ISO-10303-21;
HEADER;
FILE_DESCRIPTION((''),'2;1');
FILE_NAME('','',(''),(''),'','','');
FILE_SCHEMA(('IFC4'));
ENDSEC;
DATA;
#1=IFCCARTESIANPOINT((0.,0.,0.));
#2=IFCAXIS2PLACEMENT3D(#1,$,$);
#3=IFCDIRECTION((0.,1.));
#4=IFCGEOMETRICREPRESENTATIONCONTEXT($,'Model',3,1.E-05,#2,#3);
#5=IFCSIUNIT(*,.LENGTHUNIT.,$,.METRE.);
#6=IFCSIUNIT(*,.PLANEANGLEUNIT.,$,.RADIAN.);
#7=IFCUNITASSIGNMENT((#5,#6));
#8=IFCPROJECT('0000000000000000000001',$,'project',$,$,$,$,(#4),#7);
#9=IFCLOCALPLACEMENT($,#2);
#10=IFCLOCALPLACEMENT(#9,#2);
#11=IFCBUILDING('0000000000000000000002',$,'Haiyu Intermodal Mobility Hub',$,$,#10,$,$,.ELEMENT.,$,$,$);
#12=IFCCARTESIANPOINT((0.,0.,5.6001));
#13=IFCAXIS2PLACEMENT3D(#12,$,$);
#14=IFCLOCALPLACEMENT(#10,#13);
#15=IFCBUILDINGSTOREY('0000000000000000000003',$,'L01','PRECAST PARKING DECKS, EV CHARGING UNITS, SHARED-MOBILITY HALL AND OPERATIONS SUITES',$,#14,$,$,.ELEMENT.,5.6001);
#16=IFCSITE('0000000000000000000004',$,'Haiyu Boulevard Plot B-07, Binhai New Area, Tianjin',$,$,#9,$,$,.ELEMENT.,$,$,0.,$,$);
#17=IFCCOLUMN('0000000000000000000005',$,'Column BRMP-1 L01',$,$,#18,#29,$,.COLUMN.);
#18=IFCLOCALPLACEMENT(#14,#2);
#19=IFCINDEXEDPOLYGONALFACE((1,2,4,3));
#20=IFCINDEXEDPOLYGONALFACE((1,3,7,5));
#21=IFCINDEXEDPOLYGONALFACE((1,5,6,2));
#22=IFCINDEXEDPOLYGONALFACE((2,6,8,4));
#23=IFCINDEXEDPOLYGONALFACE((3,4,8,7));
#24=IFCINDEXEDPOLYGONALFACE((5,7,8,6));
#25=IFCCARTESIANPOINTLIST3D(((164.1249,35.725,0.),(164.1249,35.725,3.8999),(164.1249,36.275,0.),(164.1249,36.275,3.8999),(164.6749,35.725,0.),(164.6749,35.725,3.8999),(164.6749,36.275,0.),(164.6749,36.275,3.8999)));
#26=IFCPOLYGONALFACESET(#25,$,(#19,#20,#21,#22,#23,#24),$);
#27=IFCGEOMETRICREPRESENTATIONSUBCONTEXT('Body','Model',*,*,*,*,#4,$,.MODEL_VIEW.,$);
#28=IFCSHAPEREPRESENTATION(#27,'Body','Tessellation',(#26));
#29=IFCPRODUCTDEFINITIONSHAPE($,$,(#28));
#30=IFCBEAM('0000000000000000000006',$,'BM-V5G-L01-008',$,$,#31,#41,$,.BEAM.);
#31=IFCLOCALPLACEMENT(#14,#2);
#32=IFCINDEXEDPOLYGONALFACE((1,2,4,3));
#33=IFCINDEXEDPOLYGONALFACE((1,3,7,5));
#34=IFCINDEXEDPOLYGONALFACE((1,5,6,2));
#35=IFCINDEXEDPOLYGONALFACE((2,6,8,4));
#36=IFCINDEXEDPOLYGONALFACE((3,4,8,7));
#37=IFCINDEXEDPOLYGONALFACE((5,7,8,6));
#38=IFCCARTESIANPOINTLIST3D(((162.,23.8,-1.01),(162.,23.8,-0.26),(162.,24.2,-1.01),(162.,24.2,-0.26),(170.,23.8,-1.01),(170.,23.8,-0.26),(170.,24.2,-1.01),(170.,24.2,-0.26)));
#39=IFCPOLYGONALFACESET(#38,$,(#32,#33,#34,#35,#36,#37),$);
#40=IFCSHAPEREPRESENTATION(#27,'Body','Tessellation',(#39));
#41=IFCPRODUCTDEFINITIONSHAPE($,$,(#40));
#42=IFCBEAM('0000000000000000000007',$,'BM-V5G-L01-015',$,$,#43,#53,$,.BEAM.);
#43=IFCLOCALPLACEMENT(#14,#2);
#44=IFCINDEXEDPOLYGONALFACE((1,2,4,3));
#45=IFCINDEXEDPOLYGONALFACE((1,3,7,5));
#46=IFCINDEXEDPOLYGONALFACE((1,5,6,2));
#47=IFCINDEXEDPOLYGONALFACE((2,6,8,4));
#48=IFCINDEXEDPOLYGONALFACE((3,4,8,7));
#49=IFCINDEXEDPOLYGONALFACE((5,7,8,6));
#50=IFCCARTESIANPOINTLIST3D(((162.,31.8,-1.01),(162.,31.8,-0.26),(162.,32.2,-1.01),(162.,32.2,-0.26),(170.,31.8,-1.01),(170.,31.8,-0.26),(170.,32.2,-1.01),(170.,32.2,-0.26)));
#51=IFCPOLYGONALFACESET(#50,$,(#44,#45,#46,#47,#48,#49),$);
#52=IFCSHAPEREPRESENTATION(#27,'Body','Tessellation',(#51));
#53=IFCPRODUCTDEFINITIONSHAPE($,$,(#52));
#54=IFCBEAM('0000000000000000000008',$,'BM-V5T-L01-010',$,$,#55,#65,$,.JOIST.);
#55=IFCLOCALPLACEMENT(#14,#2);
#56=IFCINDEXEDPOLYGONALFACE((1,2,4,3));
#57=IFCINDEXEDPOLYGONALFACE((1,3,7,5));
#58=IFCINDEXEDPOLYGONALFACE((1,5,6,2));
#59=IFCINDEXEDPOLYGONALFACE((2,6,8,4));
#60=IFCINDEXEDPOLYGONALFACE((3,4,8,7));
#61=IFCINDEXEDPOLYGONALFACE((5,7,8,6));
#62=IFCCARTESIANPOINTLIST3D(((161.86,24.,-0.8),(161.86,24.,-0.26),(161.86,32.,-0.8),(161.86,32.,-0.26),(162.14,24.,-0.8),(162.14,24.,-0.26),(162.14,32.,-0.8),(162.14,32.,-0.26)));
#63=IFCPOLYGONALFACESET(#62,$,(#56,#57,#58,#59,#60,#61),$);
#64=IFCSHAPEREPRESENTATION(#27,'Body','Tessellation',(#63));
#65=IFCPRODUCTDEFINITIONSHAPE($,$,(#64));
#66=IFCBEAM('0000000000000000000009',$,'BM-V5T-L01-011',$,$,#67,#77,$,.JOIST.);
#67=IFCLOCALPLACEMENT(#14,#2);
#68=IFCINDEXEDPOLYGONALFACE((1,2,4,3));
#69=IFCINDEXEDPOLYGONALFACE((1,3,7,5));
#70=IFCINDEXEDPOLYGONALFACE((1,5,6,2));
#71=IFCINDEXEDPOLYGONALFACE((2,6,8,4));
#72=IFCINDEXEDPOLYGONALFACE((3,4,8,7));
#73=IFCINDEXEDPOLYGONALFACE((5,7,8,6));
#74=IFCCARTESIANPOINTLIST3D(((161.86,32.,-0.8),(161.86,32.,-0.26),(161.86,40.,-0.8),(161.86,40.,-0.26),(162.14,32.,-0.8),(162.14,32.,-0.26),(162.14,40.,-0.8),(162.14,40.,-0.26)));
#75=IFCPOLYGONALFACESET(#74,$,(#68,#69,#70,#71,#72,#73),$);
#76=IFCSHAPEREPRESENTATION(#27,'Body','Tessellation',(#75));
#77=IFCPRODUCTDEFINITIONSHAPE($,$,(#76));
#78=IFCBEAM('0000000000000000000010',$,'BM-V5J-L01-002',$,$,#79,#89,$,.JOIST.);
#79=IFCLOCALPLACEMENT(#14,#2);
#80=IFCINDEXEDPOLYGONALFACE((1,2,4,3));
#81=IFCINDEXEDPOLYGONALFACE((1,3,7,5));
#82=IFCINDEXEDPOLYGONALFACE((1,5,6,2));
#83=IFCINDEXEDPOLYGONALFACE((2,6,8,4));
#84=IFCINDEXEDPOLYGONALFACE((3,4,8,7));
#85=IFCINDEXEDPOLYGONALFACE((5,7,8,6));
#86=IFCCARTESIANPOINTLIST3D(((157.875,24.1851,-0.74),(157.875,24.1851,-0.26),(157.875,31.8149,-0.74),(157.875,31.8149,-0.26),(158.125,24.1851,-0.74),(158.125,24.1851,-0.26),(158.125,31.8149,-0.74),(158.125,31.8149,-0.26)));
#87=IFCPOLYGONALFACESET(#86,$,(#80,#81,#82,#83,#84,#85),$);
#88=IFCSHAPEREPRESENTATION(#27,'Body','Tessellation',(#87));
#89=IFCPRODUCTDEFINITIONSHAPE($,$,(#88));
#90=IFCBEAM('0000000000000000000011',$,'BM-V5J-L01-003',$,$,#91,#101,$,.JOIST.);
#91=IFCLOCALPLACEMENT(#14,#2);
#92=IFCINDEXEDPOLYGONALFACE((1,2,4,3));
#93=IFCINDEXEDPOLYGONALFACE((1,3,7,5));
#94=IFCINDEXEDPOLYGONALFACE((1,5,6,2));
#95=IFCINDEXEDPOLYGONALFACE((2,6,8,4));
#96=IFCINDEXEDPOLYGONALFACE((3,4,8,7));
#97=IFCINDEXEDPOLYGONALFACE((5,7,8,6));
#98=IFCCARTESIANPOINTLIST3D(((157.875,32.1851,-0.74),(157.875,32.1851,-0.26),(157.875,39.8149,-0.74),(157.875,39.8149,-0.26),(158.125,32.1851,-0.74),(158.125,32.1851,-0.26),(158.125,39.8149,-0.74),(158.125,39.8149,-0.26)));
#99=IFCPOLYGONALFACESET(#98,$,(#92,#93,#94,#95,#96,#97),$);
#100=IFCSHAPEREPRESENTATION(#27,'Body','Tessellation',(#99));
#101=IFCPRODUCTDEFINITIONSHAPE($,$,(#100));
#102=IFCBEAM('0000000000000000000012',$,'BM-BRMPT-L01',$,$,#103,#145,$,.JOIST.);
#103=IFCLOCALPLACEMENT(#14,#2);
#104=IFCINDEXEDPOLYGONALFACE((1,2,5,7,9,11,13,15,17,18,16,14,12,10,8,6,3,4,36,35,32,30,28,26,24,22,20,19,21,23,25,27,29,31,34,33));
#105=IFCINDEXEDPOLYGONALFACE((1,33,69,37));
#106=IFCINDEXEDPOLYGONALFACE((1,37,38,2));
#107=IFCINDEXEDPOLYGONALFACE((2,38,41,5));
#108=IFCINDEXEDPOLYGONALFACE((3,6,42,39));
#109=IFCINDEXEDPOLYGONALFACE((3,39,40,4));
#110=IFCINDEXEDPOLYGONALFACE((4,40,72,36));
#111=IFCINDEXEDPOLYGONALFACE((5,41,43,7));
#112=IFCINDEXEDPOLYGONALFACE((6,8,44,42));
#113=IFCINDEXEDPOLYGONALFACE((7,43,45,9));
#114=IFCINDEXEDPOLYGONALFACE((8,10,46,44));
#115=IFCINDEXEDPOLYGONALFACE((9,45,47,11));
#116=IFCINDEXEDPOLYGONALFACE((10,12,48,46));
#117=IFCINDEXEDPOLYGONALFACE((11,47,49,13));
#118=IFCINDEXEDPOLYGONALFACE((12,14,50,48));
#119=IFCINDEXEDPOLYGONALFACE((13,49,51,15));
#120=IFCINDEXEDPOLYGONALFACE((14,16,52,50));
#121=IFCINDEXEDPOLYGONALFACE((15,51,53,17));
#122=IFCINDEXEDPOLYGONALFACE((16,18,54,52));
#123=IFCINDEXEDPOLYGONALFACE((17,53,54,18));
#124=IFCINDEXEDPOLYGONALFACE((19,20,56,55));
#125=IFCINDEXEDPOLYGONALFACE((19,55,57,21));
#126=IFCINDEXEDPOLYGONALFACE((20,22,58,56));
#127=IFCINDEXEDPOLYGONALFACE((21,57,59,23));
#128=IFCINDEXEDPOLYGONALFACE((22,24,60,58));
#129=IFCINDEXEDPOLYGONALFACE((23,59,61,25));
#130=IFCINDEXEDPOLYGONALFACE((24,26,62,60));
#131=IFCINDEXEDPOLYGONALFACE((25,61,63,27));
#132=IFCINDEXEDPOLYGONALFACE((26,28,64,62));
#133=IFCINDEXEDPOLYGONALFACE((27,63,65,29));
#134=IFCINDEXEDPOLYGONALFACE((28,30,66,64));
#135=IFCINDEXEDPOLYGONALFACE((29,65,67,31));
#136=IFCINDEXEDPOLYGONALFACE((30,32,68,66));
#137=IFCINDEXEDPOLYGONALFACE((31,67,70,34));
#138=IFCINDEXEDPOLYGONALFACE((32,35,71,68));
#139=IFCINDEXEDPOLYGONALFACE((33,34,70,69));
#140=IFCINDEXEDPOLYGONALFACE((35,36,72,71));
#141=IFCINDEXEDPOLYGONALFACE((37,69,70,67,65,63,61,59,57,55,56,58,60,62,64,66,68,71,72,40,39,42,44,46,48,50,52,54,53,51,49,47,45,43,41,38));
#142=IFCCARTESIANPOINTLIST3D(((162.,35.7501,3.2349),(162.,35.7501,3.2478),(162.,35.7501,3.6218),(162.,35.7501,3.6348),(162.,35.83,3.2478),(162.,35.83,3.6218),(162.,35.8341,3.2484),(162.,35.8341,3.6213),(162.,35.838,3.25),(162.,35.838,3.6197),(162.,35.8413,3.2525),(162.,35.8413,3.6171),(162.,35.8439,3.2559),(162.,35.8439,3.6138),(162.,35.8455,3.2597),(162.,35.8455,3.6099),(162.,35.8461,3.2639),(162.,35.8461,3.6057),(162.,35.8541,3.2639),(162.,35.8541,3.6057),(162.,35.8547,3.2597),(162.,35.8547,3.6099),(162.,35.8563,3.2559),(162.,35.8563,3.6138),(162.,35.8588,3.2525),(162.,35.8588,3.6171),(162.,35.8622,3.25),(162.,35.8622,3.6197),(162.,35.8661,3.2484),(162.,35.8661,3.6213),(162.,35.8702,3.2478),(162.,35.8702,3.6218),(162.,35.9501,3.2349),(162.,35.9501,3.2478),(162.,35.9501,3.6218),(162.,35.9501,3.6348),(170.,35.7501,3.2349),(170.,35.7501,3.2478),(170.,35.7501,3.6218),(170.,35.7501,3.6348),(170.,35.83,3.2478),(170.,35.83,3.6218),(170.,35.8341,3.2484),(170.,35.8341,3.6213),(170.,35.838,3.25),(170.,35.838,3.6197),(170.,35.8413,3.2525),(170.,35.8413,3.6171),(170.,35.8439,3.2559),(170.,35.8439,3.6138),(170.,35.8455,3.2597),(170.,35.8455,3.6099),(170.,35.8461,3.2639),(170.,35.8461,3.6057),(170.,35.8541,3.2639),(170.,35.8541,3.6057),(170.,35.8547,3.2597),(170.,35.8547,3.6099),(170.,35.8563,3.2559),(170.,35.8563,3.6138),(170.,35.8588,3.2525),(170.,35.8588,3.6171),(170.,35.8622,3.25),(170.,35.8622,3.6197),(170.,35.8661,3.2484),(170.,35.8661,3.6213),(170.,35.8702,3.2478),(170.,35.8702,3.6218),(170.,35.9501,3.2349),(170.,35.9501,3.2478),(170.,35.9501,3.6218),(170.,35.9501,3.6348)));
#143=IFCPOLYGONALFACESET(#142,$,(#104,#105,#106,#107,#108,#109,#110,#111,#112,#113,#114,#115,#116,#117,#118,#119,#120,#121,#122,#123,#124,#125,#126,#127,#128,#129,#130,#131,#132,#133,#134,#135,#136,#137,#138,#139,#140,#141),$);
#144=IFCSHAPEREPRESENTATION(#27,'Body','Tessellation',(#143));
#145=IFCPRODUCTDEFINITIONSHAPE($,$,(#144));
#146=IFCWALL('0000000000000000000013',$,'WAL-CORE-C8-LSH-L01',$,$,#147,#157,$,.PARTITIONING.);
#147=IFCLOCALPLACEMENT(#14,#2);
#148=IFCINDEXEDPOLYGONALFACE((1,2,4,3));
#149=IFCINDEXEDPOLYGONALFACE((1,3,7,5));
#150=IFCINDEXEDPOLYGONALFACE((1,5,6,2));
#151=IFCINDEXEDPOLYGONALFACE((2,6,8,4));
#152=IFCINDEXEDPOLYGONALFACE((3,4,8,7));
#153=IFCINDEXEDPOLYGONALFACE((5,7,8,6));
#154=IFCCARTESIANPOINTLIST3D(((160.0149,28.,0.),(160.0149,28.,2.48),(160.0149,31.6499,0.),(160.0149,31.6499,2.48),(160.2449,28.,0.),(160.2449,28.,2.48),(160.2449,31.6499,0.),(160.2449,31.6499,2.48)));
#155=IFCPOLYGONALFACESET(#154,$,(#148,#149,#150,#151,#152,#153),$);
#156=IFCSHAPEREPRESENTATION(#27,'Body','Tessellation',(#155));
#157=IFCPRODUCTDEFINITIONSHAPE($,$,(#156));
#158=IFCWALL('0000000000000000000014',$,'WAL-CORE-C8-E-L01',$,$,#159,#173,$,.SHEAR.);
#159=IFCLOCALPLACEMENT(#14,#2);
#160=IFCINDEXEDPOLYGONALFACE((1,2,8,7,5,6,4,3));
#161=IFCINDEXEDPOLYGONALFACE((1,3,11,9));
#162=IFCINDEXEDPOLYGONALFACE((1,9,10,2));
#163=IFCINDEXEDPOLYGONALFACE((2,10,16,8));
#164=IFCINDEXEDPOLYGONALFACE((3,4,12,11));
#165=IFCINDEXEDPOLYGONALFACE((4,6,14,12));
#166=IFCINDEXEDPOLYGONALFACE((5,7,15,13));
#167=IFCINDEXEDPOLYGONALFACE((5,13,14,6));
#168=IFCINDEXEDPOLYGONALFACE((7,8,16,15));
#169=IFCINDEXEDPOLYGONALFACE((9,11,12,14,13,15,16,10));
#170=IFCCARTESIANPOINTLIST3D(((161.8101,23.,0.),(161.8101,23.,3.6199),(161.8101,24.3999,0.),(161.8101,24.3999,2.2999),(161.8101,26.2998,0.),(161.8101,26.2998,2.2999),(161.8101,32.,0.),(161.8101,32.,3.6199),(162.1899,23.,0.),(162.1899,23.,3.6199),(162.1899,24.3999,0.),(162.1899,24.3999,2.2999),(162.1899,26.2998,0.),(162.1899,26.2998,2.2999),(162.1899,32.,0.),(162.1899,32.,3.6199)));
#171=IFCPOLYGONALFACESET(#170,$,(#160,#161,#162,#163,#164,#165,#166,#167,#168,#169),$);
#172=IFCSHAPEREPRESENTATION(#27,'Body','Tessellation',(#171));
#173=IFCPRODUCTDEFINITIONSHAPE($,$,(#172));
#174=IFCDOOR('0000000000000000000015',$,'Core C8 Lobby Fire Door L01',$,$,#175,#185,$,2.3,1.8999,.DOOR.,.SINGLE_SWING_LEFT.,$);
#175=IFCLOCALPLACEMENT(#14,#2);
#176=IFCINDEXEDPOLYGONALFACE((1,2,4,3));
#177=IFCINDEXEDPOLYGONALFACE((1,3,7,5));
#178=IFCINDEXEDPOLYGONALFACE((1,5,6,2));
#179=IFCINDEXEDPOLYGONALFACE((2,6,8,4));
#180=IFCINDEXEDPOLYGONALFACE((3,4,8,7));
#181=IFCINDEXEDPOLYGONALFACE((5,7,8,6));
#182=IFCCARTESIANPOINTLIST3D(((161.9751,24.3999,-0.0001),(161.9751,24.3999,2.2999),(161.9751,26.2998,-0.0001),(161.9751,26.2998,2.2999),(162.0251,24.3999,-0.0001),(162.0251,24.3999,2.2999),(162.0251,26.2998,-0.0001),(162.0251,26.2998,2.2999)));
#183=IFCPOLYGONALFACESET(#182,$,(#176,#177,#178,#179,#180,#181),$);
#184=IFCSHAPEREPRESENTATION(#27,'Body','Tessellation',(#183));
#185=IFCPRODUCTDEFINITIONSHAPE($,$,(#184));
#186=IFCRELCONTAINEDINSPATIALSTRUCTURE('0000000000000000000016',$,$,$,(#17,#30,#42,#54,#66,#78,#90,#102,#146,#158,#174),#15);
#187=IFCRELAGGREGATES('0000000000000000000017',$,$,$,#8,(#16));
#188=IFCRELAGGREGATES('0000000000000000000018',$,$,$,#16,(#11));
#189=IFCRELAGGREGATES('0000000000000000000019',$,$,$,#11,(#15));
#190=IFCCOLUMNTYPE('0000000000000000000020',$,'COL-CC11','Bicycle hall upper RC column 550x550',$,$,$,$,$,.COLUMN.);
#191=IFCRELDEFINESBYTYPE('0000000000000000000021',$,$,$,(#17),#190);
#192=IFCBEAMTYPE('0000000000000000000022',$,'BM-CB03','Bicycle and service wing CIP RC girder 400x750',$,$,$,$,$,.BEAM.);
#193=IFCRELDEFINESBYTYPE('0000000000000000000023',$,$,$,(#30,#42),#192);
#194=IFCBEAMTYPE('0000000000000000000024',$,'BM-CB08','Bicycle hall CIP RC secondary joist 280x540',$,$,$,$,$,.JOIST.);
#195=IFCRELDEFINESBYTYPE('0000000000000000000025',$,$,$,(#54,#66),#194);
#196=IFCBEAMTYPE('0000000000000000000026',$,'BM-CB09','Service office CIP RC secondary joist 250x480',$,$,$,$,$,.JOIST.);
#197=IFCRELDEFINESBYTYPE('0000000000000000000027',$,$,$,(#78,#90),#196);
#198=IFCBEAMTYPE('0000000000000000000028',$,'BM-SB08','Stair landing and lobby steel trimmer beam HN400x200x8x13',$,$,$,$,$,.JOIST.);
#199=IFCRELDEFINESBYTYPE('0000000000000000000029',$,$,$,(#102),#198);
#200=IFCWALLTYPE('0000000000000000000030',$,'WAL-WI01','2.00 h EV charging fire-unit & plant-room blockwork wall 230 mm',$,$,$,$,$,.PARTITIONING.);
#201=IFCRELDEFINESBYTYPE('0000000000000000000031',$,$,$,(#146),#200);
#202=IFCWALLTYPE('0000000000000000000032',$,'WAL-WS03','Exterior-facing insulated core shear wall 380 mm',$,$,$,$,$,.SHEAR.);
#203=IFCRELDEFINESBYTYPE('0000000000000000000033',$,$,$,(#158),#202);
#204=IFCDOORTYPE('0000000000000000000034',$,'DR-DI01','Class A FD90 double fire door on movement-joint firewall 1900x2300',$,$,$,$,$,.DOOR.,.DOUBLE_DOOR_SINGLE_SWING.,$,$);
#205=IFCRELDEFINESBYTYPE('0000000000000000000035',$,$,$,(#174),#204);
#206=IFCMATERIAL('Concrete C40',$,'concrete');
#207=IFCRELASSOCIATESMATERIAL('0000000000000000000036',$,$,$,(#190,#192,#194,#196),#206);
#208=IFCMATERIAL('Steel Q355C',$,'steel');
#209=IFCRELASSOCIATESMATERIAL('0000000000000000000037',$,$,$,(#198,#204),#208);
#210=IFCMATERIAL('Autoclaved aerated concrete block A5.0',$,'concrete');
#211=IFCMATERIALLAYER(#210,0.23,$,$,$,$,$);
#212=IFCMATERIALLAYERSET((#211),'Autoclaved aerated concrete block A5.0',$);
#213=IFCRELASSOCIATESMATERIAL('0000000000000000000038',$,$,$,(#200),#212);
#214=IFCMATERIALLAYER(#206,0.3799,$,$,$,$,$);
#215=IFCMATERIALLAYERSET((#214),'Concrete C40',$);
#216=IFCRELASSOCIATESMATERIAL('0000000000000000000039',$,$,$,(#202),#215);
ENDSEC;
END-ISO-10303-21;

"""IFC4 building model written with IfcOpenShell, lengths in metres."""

from ifc_helpers import new_model, si_unit, direction, frame, frame_2d, origin, origin_2d, place, context, subcontext, project, spatial, rectangle, i_section, extrude, material, layer, layer_set, material_profile, profile_set, type_object, element, fill, save


model = new_model("IFC4")

# Units and contexts
model_context = context("Model", 3, precision=1e-05, world=origin(), true_north=direction((0.0, 1.0)))
body_context = subcontext(model_context, "Body", "Model", "MODEL_VIEW")
ifc_project = project(units=[si_unit("LENGTHUNIT", "METRE"), si_unit("PLANEANGLEUNIT", "RADIAN")], contexts=[model_context])

# Site, building, storey
site_placement = place(None, origin())
site = spatial("IfcSite", under=ifc_project, at=site_placement, Name="Haiyu Boulevard Plot B-07, Binhai New Area, Tianjin", CompositionType="ELEMENT", RefElevation=0.0)
building_placement = place(site_placement, origin())
building = spatial("IfcBuilding", under=site, at=building_placement, Name="Haiyu Intermodal Mobility Hub", CompositionType="ELEMENT")
storey_placement = place(building_placement, frame((0.0, 0.0, 5.6001)))
storey = spatial("IfcBuildingStorey", under=building, at=storey_placement, Name="L01", Description="PRECAST PARKING DECKS, EV CHARGING UNITS, SHARED-MOBILITY HALL AND OPERATIONS SUITES", CompositionType="ELEMENT", Elevation=5.6001)

# Column
ifc_material_1 = material(Name="Concrete C40", Category="concrete")
ifc_material_profile_1 = material_profile(ifc_material_1, rectangle(XDim=0.55, YDim=0.55, at=origin_2d()), Name="RC550x550")
ifc_profile_set_1 = profile_set([ifc_material_profile_1], Name="Concrete C40")
column_type = type_object("IfcColumnType", Name="COL-CC11", Description="Bicycle hall upper RC column 550x550", PredefinedType="COLUMN", material=ifc_profile_set_1)
column_placement = place(storey_placement, frame((164.3999, 36.0, 0.0), z_axis=(0.0, 0.0, 1.0), x_axis=(1.0, 0.0, 0.0)))
element("IfcColumn", 1, at=column_placement, inside=storey, type_object=column_type, Name="Column BRMP-1 L01", PredefinedType="COLUMN", context=body_context, shape_type="SweptSolid", body=[
    extrude(rectangle(XDim=0.55, YDim=0.55, at=origin_2d()), origin(), (0.0, 0.0, 1.0), 3.8999),
])

# Beams
ifc_material_profile_2 = material_profile(ifc_material_1, rectangle(XDim=0.3999, YDim=0.75, at=origin_2d()), Name="RCB400x750")
ifc_profile_set_2 = profile_set([ifc_material_profile_2], Name="Concrete C40")
beam_type_1 = type_object("IfcBeamType", Name="BM-CB03", Description="Bicycle and service wing CIP RC girder 400x750", PredefinedType="BEAM", material=ifc_profile_set_2)
for number, where, z_axis, x_axis, name in (
    (2, (162.0, 24.0, -0.635), (1.0, 0.0, 0.0), (0.0, 1.0, 0.0), "BM-V5G-L01-008"),
    (3, (162.0, 32.0, -0.635), (1.0, 0.0, 0.0), (0.0, 1.0, 0.0), "BM-V5G-L01-015"),
):
    element("IfcBeam", number, at=place(storey_placement, frame(where, z_axis=z_axis, x_axis=x_axis)), inside=storey, type_object=beam_type_1, Name=name, PredefinedType="BEAM", context=body_context, shape_type="SweptSolid", body=[
        extrude(rectangle(XDim=0.3999, YDim=0.75, at=origin_2d()), origin(), (0.0, 0.0, 1.0), 8.0),
    ])
ifc_material_profile_3 = material_profile(ifc_material_1, rectangle(XDim=0.28, YDim=0.54, at=origin_2d()), Name="RCB280x540")
ifc_profile_set_3 = profile_set([ifc_material_profile_3], Name="Concrete C40")
beam_type_2 = type_object("IfcBeamType", Name="BM-CB08", Description="Bicycle hall CIP RC secondary joist 280x540", PredefinedType="JOIST", material=ifc_profile_set_3)
for number, where, z_axis, x_axis, name in (
    (4, (162.0, 24.0, -0.53), (0.0, 1.0, 0.0), (-1.0, 0.0, 0.0), "BM-V5T-L01-010"),
    (5, (162.0, 32.0, -0.53), (0.0, 1.0, 0.0), (-1.0, 0.0, 0.0), "BM-V5T-L01-011"),
):
    element("IfcBeam", number, at=place(storey_placement, frame(where, z_axis=z_axis, x_axis=x_axis)), inside=storey, type_object=beam_type_2, Name=name, PredefinedType="JOIST", context=body_context, shape_type="SweptSolid", body=[
        extrude(rectangle(XDim=0.28, YDim=0.54, at=origin_2d()), origin(), (0.0, 0.0, 1.0), 8.0),
    ])
ifc_material_profile_4 = material_profile(ifc_material_1, rectangle(XDim=0.25, YDim=0.48, at=origin_2d()), Name="RCB250x480")
ifc_profile_set_4 = profile_set([ifc_material_profile_4], Name="Concrete C40")
beam_type_3 = type_object("IfcBeamType", Name="BM-CB09", Description="Service office CIP RC secondary joist 250x480", PredefinedType="JOIST", material=ifc_profile_set_4)
for number, where, z_axis, x_axis, name in (
    (6, (158.0, 24.1851, -0.5), (0.0, 1.0, 0.0), (-1.0, 0.0, 0.0), "BM-V5J-L01-002"),
    (7, (158.0, 32.1851, -0.5), (0.0, 1.0, 0.0), (-1.0, 0.0, 0.0), "BM-V5J-L01-003"),
):
    element("IfcBeam", number, at=place(storey_placement, frame(where, z_axis=z_axis, x_axis=x_axis)), inside=storey, type_object=beam_type_3, Name=name, PredefinedType="JOIST", context=body_context, shape_type="SweptSolid", body=[
        extrude(rectangle(XDim=0.25, YDim=0.48, at=origin_2d()), origin(), (0.0, 0.0, 1.0), 7.6299),
    ])
ifc_material_2 = material(Name="Steel Q355C", Category="steel")
ifc_material_profile_5 = material_profile(ifc_material_2, i_section(OverallWidth=0.2, OverallDepth=0.3999, WebThickness=0.0081, FlangeThickness=0.0129, FilletRadius=0.0161, at=origin_2d()), Name="HN400x200x8x13")
ifc_profile_set_5 = profile_set([ifc_material_profile_5], Name="Steel Q355C")
beam_type_4 = type_object("IfcBeamType", Name="BM-SB08", Description="Stair landing and lobby steel trimmer beam HN400x200x8x13", PredefinedType="JOIST", material=ifc_profile_set_5)
beam_placement = place(storey_placement, frame((162.0, 35.8501, 3.4348), z_axis=(1.0, 0.0, 0.0), x_axis=(0.0, 1.0, 0.0)))
element("IfcBeam", 8, at=beam_placement, inside=storey, type_object=beam_type_4, Name="BM-BRMPT-L01", PredefinedType="JOIST", context=body_context, shape_type="SweptSolid", body=[
    extrude(i_section(OverallWidth=0.2, OverallDepth=0.3999, WebThickness=0.0081, FlangeThickness=0.0129, FilletRadius=0.0161, at=origin_2d()), origin(), (0.0, 0.0, 1.0), 8.0),
])

# Wall
ifc_material_3 = material(Name="Autoclaved aerated concrete block A5.0", Category="concrete")
ifc_layer_1 = layer(ifc_material_3, 0.23)
ifc_layer_set_1 = layer_set([ifc_layer_1], Name="Autoclaved aerated concrete block A5.0")
wall_type_1 = type_object("IfcWallType", Name="WAL-WI01", Description="2.00 h EV charging fire-unit & plant-room blockwork wall 230 mm", PredefinedType="PARTITIONING", material=ifc_layer_set_1)
wall_1_placement = place(storey_placement, frame((160.1299, 28.0, 0.0), z_axis=(0.0, 0.0, 1.0), x_axis=(0.0, 1.0, 0.0)))
element("IfcWall", 9, at=wall_1_placement, inside=storey, type_object=wall_type_1, Name="WAL-CORE-C8-LSH-L01", PredefinedType="PARTITIONING", context=body_context, shape_type="SweptSolid", body=[
    extrude(rectangle(XDim=3.6499, YDim=0.23, at=frame_2d((1.825, 0.0))), origin(), (0.0, 0.0, 1.0), 2.48),
])

# Wall, opening, door
ifc_layer_2 = layer(ifc_material_1, 0.3799)
ifc_layer_set_2 = layer_set([ifc_layer_2], Name="Concrete C40")
wall_type_2 = type_object("IfcWallType", Name="WAL-WS03", Description="Exterior-facing insulated core shear wall 380 mm", PredefinedType="SHEAR", material=ifc_layer_set_2)
wall_2_placement = place(storey_placement, frame((162.0, 23.0, 0.0), z_axis=(0.0, 0.0, 1.0), x_axis=(0.0, 1.0, 0.0)))
wall_2 = element("IfcWall", 10, at=wall_2_placement, inside=storey, type_object=wall_type_2, Name="WAL-CORE-C8-E-L01", PredefinedType="SHEAR", context=body_context, shape_type="SweptSolid", body=[
    extrude(rectangle(XDim=9.0, YDim=0.3799, at=frame_2d((4.5, 0.0))), origin(), (0.0, 0.0, 1.0), 3.6199),
])
opening_1_placement = place(wall_2_placement, frame((1.3999, 0.0, 0.0)))
opening_1 = element("IfcOpeningElement", 11, at=opening_1_placement, cuts=wall_2, PredefinedType="OPENING", context=body_context, shape_type="SweptSolid", body=[
    extrude(rectangle(XDim=1.8999, YDim=2.3, at=frame_2d((0.95, 1.1499))), frame((0.0, 0.2, 0.0), z_axis=(0.0, -1.0, 0.0), x_axis=(1.0, 0.0, 0.0)), (0.0, 0.0, 1.0), 0.3999),
])
door_type_1 = type_object("IfcDoorType", Name="DR-DI01", Description="Class A FD90 double fire door on movement-joint firewall 1900x2300", OperationType="DOUBLE_DOOR_SINGLE_SWING", PredefinedType="DOOR", material=ifc_material_2)
door_1_placement = place(opening_1_placement, origin())
door_1 = element("IfcDoor", 12, at=door_1_placement, inside=storey, type_object=door_type_1, Name="Core C8 Lobby Fire Door L01", OperationType="SINGLE_SWING_LEFT", OverallHeight=2.3, OverallWidth=1.8999, PredefinedType="DOOR", context=body_context, shape_type="SweptSolid", body=[
    extrude(rectangle(XDim=1.8999, YDim=2.3, at=frame_2d((0.95, 1.1499))), frame((0.0, 0.0249, 0.0), z_axis=(0.0, -1.0, 0.0), x_axis=(1.0, 0.0, 0.0)), (0.0, 0.0, 1.0), 0.05),
])
fill(opening_1, door_1)

save(model, "model.ifc")
